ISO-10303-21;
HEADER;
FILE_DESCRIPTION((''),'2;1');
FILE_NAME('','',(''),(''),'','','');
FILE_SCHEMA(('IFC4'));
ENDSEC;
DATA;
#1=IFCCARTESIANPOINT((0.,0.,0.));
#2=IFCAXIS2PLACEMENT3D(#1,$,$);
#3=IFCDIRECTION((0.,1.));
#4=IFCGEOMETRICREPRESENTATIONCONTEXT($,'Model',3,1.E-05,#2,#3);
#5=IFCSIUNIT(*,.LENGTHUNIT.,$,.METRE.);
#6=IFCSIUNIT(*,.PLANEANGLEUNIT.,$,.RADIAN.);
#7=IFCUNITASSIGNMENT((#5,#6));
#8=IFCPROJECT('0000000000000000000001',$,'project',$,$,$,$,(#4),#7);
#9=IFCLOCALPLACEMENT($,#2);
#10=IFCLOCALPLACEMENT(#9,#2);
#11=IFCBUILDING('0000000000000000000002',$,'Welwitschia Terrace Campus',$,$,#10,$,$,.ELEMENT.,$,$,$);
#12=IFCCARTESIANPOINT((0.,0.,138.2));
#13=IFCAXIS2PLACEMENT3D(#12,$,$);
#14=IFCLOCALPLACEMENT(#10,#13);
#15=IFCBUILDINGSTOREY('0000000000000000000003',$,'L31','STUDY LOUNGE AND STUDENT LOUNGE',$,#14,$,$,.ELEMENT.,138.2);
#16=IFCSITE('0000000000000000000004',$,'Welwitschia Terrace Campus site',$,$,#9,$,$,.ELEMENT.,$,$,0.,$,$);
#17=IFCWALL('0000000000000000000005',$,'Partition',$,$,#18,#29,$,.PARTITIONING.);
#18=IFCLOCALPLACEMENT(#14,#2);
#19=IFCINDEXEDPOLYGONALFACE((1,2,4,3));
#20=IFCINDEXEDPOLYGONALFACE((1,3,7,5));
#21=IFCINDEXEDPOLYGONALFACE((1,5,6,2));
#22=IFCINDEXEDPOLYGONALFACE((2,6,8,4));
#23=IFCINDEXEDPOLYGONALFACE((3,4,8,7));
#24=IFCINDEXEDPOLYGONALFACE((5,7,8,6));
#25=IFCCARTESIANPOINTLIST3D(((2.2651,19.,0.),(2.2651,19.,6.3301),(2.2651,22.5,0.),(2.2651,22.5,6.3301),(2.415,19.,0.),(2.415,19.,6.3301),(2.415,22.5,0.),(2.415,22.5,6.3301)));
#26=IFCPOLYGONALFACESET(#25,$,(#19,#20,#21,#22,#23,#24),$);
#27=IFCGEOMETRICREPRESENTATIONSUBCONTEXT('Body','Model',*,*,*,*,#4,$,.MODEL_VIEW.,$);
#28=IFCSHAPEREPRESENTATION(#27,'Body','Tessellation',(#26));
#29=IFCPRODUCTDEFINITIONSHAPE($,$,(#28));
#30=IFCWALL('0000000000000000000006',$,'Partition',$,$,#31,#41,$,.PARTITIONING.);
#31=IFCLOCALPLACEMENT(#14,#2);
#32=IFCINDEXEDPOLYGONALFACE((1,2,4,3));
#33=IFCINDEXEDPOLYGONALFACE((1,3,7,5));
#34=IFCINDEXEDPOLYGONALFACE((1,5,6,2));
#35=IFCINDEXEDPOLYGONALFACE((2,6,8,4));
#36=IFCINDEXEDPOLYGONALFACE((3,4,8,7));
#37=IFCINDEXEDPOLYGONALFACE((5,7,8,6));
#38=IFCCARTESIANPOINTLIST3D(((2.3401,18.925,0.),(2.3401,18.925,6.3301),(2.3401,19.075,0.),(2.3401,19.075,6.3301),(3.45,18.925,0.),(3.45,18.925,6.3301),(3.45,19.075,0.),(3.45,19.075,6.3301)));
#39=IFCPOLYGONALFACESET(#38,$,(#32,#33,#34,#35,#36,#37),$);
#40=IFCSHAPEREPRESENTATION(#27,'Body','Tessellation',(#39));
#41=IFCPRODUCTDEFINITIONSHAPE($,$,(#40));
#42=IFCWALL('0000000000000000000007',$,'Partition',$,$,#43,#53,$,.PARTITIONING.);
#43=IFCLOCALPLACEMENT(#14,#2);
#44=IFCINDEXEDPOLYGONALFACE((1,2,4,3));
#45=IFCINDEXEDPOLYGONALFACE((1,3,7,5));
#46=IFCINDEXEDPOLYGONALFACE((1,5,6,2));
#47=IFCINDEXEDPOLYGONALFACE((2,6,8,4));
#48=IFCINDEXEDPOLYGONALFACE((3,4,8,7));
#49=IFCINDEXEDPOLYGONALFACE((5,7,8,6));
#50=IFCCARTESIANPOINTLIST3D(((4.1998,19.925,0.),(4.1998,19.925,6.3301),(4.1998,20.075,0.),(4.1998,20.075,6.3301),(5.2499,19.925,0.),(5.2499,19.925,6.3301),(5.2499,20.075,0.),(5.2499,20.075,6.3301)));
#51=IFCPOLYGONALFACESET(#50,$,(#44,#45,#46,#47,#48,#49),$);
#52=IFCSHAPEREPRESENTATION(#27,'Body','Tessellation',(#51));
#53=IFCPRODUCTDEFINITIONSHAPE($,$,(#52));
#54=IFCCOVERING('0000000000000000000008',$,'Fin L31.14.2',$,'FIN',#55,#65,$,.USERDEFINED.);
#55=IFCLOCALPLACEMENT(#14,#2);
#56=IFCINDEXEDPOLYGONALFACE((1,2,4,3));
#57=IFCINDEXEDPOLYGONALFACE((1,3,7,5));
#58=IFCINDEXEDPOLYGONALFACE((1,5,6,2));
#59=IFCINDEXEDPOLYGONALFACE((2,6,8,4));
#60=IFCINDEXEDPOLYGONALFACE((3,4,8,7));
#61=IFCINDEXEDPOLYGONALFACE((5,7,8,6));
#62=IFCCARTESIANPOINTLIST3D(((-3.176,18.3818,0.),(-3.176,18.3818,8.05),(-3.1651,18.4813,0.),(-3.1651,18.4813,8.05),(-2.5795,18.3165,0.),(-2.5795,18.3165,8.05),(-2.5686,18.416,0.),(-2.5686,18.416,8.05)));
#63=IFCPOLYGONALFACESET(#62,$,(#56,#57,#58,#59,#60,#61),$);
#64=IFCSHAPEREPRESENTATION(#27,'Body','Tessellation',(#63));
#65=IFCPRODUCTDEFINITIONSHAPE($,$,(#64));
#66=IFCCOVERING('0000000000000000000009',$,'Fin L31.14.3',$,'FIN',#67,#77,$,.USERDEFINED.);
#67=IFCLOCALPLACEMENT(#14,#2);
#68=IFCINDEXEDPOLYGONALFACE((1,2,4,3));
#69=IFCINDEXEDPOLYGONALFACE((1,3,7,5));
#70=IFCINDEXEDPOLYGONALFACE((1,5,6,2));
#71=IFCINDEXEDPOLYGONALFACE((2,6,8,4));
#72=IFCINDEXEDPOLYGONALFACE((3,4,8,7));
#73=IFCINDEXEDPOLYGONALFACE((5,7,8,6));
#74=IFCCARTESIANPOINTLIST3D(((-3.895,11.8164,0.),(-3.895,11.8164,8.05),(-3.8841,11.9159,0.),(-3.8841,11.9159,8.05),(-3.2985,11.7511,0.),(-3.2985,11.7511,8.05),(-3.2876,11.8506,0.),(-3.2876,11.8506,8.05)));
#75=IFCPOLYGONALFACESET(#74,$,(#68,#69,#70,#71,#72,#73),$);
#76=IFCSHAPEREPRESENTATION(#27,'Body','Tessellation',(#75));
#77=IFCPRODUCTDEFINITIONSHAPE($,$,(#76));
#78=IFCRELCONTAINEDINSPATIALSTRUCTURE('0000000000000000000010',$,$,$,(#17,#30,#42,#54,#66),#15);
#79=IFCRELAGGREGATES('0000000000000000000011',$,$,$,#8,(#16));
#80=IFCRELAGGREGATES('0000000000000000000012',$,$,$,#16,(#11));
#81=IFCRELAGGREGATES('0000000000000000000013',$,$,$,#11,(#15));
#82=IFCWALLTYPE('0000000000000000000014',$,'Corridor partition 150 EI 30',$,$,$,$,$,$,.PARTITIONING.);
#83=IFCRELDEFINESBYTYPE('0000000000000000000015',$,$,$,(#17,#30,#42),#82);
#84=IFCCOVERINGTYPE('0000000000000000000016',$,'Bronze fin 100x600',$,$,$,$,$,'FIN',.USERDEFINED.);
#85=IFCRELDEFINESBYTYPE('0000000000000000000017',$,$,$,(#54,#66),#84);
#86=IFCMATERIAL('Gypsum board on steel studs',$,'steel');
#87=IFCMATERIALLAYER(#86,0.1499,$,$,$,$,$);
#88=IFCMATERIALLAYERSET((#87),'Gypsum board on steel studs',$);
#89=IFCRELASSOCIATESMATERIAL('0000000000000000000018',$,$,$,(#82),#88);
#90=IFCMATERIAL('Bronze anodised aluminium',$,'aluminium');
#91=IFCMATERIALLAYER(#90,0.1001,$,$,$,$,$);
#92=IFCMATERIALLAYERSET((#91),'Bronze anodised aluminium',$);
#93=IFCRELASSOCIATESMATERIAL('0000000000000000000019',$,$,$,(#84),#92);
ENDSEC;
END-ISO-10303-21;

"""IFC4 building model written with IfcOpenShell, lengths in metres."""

from ifc_helpers import new_model, si_unit, direction, frame, frame_2d, origin, origin_2d, place, context, subcontext, project, spatial, rectangle, extrude, material, layer, layer_set, type_object, element, save


model = new_model("IFC4")

# Units and contexts
model_context = context("Model", 3, precision=1e-05, world=origin(), true_north=direction((0.0, 1.0)))
body_context = subcontext(model_context, "Body", "Model", "MODEL_VIEW")
ifc_project = project(units=[si_unit("LENGTHUNIT", "METRE"), si_unit("PLANEANGLEUNIT", "RADIAN")], contexts=[model_context])

# Site, building, storey
site_placement = place(None, origin())
site = spatial("IfcSite", under=ifc_project, at=site_placement, Name="Welwitschia Terrace Campus site", CompositionType="ELEMENT", RefElevation=0.0)
building_placement = place(site_placement, origin())
building = spatial("IfcBuilding", under=site, at=building_placement, Name="Welwitschia Terrace Campus", CompositionType="ELEMENT")
storey_placement = place(building_placement, frame((0.0, 0.0, 138.2)))
storey = spatial("IfcBuildingStorey", under=building, at=storey_placement, Name="L31", Description="STUDY LOUNGE AND STUDENT LOUNGE", CompositionType="ELEMENT", Elevation=138.2)

# Walls
ifc_material_1 = material(Name="Gypsum board on steel studs", Category="steel")
ifc_layer_1 = layer(ifc_material_1, 0.1499)
ifc_layer_set_1 = layer_set([ifc_layer_1], Name="Gypsum board on steel studs")
wall_type_1 = type_object("IfcWallType", Name="Corridor partition 150 EI 30", PredefinedType="PARTITIONING", material=ifc_layer_set_1)
wall_1_placement = place(storey_placement, frame((2.3401, 19.0, 0.0), z_axis=(0.0, 0.0, 1.0), x_axis=(0.0, 1.0, 0.0)))
element("IfcWall", 1, at=wall_1_placement, inside=storey, type_object=wall_type_1, Name="Partition", PredefinedType="PARTITIONING", context=body_context, shape_type="SweptSolid", body=[
    extrude(rectangle(XDim=3.5, YDim=0.1499, at=frame_2d((1.75, 0.0))), origin(), (0.0, 0.0, 1.0), 6.3301),
])
wall_2_placement = place(storey_placement, frame((2.3401, 19.0, 0.0), z_axis=(0.0, 0.0, 1.0), x_axis=(1.0, 0.0, 0.0)))
element("IfcWall", 2, at=wall_2_placement, inside=storey, type_object=wall_type_1, Name="Partition", PredefinedType="PARTITIONING", context=body_context, shape_type="SweptSolid", body=[
    extrude(rectangle(XDim=1.1099, YDim=0.1499, at=frame_2d((0.5549, 0.0))), origin(), (0.0, 0.0, 1.0), 6.3301),
])
wall_3_placement = place(storey_placement, frame((4.2, 20.0, 0.0), z_axis=(0.0, 0.0, 1.0), x_axis=(1.0, 0.0, 0.0)))
element("IfcWall", 3, at=wall_3_placement, inside=storey, type_object=wall_type_1, Name="Partition", PredefinedType="PARTITIONING", context=body_context, shape_type="SweptSolid", body=[
    extrude(rectangle(XDim=1.05, YDim=0.1499, at=frame_2d((0.5249, 0.0))), origin(), (0.0, 0.0, 1.0), 6.3301),
])

# Coverings
ifc_material_2 = material(Name="Bronze anodised aluminium", Category="aluminium")
ifc_layer_2 = layer(ifc_material_2, 0.1001)
ifc_layer_set_2 = layer_set([ifc_layer_2], Name="Bronze anodised aluminium")
covering_type = type_object("IfcCoveringType", Name="Bronze fin 100x600", ElementType="FIN", PredefinedType="USERDEFINED", material=ifc_layer_set_2)
for number, where, z_axis, x_axis, name in (
    (4, (-2.8723, 18.3989, 0.0), (0.0, 0.0, 1.0), (-0.108867, -0.994056, 0.0), "Fin L31.14.2"),
    (5, (-3.5913, 11.8335, 0.0), (0.0, 0.0, 1.0), (-0.108867, -0.994056, 0.0), "Fin L31.14.3"),
):
    element("IfcCovering", number, at=place(storey_placement, frame(where, z_axis=z_axis, x_axis=x_axis)), inside=storey, type_object=covering_type, Name=name, ObjectType="FIN", PredefinedType="USERDEFINED", context=body_context, shape_type="SweptSolid", body=[
        extrude(rectangle(XDim=0.1001, YDim=0.6001, at=origin_2d()), origin(), (0.0, 0.0, 1.0), 8.05),
    ])

save(model, "model.ifc")
